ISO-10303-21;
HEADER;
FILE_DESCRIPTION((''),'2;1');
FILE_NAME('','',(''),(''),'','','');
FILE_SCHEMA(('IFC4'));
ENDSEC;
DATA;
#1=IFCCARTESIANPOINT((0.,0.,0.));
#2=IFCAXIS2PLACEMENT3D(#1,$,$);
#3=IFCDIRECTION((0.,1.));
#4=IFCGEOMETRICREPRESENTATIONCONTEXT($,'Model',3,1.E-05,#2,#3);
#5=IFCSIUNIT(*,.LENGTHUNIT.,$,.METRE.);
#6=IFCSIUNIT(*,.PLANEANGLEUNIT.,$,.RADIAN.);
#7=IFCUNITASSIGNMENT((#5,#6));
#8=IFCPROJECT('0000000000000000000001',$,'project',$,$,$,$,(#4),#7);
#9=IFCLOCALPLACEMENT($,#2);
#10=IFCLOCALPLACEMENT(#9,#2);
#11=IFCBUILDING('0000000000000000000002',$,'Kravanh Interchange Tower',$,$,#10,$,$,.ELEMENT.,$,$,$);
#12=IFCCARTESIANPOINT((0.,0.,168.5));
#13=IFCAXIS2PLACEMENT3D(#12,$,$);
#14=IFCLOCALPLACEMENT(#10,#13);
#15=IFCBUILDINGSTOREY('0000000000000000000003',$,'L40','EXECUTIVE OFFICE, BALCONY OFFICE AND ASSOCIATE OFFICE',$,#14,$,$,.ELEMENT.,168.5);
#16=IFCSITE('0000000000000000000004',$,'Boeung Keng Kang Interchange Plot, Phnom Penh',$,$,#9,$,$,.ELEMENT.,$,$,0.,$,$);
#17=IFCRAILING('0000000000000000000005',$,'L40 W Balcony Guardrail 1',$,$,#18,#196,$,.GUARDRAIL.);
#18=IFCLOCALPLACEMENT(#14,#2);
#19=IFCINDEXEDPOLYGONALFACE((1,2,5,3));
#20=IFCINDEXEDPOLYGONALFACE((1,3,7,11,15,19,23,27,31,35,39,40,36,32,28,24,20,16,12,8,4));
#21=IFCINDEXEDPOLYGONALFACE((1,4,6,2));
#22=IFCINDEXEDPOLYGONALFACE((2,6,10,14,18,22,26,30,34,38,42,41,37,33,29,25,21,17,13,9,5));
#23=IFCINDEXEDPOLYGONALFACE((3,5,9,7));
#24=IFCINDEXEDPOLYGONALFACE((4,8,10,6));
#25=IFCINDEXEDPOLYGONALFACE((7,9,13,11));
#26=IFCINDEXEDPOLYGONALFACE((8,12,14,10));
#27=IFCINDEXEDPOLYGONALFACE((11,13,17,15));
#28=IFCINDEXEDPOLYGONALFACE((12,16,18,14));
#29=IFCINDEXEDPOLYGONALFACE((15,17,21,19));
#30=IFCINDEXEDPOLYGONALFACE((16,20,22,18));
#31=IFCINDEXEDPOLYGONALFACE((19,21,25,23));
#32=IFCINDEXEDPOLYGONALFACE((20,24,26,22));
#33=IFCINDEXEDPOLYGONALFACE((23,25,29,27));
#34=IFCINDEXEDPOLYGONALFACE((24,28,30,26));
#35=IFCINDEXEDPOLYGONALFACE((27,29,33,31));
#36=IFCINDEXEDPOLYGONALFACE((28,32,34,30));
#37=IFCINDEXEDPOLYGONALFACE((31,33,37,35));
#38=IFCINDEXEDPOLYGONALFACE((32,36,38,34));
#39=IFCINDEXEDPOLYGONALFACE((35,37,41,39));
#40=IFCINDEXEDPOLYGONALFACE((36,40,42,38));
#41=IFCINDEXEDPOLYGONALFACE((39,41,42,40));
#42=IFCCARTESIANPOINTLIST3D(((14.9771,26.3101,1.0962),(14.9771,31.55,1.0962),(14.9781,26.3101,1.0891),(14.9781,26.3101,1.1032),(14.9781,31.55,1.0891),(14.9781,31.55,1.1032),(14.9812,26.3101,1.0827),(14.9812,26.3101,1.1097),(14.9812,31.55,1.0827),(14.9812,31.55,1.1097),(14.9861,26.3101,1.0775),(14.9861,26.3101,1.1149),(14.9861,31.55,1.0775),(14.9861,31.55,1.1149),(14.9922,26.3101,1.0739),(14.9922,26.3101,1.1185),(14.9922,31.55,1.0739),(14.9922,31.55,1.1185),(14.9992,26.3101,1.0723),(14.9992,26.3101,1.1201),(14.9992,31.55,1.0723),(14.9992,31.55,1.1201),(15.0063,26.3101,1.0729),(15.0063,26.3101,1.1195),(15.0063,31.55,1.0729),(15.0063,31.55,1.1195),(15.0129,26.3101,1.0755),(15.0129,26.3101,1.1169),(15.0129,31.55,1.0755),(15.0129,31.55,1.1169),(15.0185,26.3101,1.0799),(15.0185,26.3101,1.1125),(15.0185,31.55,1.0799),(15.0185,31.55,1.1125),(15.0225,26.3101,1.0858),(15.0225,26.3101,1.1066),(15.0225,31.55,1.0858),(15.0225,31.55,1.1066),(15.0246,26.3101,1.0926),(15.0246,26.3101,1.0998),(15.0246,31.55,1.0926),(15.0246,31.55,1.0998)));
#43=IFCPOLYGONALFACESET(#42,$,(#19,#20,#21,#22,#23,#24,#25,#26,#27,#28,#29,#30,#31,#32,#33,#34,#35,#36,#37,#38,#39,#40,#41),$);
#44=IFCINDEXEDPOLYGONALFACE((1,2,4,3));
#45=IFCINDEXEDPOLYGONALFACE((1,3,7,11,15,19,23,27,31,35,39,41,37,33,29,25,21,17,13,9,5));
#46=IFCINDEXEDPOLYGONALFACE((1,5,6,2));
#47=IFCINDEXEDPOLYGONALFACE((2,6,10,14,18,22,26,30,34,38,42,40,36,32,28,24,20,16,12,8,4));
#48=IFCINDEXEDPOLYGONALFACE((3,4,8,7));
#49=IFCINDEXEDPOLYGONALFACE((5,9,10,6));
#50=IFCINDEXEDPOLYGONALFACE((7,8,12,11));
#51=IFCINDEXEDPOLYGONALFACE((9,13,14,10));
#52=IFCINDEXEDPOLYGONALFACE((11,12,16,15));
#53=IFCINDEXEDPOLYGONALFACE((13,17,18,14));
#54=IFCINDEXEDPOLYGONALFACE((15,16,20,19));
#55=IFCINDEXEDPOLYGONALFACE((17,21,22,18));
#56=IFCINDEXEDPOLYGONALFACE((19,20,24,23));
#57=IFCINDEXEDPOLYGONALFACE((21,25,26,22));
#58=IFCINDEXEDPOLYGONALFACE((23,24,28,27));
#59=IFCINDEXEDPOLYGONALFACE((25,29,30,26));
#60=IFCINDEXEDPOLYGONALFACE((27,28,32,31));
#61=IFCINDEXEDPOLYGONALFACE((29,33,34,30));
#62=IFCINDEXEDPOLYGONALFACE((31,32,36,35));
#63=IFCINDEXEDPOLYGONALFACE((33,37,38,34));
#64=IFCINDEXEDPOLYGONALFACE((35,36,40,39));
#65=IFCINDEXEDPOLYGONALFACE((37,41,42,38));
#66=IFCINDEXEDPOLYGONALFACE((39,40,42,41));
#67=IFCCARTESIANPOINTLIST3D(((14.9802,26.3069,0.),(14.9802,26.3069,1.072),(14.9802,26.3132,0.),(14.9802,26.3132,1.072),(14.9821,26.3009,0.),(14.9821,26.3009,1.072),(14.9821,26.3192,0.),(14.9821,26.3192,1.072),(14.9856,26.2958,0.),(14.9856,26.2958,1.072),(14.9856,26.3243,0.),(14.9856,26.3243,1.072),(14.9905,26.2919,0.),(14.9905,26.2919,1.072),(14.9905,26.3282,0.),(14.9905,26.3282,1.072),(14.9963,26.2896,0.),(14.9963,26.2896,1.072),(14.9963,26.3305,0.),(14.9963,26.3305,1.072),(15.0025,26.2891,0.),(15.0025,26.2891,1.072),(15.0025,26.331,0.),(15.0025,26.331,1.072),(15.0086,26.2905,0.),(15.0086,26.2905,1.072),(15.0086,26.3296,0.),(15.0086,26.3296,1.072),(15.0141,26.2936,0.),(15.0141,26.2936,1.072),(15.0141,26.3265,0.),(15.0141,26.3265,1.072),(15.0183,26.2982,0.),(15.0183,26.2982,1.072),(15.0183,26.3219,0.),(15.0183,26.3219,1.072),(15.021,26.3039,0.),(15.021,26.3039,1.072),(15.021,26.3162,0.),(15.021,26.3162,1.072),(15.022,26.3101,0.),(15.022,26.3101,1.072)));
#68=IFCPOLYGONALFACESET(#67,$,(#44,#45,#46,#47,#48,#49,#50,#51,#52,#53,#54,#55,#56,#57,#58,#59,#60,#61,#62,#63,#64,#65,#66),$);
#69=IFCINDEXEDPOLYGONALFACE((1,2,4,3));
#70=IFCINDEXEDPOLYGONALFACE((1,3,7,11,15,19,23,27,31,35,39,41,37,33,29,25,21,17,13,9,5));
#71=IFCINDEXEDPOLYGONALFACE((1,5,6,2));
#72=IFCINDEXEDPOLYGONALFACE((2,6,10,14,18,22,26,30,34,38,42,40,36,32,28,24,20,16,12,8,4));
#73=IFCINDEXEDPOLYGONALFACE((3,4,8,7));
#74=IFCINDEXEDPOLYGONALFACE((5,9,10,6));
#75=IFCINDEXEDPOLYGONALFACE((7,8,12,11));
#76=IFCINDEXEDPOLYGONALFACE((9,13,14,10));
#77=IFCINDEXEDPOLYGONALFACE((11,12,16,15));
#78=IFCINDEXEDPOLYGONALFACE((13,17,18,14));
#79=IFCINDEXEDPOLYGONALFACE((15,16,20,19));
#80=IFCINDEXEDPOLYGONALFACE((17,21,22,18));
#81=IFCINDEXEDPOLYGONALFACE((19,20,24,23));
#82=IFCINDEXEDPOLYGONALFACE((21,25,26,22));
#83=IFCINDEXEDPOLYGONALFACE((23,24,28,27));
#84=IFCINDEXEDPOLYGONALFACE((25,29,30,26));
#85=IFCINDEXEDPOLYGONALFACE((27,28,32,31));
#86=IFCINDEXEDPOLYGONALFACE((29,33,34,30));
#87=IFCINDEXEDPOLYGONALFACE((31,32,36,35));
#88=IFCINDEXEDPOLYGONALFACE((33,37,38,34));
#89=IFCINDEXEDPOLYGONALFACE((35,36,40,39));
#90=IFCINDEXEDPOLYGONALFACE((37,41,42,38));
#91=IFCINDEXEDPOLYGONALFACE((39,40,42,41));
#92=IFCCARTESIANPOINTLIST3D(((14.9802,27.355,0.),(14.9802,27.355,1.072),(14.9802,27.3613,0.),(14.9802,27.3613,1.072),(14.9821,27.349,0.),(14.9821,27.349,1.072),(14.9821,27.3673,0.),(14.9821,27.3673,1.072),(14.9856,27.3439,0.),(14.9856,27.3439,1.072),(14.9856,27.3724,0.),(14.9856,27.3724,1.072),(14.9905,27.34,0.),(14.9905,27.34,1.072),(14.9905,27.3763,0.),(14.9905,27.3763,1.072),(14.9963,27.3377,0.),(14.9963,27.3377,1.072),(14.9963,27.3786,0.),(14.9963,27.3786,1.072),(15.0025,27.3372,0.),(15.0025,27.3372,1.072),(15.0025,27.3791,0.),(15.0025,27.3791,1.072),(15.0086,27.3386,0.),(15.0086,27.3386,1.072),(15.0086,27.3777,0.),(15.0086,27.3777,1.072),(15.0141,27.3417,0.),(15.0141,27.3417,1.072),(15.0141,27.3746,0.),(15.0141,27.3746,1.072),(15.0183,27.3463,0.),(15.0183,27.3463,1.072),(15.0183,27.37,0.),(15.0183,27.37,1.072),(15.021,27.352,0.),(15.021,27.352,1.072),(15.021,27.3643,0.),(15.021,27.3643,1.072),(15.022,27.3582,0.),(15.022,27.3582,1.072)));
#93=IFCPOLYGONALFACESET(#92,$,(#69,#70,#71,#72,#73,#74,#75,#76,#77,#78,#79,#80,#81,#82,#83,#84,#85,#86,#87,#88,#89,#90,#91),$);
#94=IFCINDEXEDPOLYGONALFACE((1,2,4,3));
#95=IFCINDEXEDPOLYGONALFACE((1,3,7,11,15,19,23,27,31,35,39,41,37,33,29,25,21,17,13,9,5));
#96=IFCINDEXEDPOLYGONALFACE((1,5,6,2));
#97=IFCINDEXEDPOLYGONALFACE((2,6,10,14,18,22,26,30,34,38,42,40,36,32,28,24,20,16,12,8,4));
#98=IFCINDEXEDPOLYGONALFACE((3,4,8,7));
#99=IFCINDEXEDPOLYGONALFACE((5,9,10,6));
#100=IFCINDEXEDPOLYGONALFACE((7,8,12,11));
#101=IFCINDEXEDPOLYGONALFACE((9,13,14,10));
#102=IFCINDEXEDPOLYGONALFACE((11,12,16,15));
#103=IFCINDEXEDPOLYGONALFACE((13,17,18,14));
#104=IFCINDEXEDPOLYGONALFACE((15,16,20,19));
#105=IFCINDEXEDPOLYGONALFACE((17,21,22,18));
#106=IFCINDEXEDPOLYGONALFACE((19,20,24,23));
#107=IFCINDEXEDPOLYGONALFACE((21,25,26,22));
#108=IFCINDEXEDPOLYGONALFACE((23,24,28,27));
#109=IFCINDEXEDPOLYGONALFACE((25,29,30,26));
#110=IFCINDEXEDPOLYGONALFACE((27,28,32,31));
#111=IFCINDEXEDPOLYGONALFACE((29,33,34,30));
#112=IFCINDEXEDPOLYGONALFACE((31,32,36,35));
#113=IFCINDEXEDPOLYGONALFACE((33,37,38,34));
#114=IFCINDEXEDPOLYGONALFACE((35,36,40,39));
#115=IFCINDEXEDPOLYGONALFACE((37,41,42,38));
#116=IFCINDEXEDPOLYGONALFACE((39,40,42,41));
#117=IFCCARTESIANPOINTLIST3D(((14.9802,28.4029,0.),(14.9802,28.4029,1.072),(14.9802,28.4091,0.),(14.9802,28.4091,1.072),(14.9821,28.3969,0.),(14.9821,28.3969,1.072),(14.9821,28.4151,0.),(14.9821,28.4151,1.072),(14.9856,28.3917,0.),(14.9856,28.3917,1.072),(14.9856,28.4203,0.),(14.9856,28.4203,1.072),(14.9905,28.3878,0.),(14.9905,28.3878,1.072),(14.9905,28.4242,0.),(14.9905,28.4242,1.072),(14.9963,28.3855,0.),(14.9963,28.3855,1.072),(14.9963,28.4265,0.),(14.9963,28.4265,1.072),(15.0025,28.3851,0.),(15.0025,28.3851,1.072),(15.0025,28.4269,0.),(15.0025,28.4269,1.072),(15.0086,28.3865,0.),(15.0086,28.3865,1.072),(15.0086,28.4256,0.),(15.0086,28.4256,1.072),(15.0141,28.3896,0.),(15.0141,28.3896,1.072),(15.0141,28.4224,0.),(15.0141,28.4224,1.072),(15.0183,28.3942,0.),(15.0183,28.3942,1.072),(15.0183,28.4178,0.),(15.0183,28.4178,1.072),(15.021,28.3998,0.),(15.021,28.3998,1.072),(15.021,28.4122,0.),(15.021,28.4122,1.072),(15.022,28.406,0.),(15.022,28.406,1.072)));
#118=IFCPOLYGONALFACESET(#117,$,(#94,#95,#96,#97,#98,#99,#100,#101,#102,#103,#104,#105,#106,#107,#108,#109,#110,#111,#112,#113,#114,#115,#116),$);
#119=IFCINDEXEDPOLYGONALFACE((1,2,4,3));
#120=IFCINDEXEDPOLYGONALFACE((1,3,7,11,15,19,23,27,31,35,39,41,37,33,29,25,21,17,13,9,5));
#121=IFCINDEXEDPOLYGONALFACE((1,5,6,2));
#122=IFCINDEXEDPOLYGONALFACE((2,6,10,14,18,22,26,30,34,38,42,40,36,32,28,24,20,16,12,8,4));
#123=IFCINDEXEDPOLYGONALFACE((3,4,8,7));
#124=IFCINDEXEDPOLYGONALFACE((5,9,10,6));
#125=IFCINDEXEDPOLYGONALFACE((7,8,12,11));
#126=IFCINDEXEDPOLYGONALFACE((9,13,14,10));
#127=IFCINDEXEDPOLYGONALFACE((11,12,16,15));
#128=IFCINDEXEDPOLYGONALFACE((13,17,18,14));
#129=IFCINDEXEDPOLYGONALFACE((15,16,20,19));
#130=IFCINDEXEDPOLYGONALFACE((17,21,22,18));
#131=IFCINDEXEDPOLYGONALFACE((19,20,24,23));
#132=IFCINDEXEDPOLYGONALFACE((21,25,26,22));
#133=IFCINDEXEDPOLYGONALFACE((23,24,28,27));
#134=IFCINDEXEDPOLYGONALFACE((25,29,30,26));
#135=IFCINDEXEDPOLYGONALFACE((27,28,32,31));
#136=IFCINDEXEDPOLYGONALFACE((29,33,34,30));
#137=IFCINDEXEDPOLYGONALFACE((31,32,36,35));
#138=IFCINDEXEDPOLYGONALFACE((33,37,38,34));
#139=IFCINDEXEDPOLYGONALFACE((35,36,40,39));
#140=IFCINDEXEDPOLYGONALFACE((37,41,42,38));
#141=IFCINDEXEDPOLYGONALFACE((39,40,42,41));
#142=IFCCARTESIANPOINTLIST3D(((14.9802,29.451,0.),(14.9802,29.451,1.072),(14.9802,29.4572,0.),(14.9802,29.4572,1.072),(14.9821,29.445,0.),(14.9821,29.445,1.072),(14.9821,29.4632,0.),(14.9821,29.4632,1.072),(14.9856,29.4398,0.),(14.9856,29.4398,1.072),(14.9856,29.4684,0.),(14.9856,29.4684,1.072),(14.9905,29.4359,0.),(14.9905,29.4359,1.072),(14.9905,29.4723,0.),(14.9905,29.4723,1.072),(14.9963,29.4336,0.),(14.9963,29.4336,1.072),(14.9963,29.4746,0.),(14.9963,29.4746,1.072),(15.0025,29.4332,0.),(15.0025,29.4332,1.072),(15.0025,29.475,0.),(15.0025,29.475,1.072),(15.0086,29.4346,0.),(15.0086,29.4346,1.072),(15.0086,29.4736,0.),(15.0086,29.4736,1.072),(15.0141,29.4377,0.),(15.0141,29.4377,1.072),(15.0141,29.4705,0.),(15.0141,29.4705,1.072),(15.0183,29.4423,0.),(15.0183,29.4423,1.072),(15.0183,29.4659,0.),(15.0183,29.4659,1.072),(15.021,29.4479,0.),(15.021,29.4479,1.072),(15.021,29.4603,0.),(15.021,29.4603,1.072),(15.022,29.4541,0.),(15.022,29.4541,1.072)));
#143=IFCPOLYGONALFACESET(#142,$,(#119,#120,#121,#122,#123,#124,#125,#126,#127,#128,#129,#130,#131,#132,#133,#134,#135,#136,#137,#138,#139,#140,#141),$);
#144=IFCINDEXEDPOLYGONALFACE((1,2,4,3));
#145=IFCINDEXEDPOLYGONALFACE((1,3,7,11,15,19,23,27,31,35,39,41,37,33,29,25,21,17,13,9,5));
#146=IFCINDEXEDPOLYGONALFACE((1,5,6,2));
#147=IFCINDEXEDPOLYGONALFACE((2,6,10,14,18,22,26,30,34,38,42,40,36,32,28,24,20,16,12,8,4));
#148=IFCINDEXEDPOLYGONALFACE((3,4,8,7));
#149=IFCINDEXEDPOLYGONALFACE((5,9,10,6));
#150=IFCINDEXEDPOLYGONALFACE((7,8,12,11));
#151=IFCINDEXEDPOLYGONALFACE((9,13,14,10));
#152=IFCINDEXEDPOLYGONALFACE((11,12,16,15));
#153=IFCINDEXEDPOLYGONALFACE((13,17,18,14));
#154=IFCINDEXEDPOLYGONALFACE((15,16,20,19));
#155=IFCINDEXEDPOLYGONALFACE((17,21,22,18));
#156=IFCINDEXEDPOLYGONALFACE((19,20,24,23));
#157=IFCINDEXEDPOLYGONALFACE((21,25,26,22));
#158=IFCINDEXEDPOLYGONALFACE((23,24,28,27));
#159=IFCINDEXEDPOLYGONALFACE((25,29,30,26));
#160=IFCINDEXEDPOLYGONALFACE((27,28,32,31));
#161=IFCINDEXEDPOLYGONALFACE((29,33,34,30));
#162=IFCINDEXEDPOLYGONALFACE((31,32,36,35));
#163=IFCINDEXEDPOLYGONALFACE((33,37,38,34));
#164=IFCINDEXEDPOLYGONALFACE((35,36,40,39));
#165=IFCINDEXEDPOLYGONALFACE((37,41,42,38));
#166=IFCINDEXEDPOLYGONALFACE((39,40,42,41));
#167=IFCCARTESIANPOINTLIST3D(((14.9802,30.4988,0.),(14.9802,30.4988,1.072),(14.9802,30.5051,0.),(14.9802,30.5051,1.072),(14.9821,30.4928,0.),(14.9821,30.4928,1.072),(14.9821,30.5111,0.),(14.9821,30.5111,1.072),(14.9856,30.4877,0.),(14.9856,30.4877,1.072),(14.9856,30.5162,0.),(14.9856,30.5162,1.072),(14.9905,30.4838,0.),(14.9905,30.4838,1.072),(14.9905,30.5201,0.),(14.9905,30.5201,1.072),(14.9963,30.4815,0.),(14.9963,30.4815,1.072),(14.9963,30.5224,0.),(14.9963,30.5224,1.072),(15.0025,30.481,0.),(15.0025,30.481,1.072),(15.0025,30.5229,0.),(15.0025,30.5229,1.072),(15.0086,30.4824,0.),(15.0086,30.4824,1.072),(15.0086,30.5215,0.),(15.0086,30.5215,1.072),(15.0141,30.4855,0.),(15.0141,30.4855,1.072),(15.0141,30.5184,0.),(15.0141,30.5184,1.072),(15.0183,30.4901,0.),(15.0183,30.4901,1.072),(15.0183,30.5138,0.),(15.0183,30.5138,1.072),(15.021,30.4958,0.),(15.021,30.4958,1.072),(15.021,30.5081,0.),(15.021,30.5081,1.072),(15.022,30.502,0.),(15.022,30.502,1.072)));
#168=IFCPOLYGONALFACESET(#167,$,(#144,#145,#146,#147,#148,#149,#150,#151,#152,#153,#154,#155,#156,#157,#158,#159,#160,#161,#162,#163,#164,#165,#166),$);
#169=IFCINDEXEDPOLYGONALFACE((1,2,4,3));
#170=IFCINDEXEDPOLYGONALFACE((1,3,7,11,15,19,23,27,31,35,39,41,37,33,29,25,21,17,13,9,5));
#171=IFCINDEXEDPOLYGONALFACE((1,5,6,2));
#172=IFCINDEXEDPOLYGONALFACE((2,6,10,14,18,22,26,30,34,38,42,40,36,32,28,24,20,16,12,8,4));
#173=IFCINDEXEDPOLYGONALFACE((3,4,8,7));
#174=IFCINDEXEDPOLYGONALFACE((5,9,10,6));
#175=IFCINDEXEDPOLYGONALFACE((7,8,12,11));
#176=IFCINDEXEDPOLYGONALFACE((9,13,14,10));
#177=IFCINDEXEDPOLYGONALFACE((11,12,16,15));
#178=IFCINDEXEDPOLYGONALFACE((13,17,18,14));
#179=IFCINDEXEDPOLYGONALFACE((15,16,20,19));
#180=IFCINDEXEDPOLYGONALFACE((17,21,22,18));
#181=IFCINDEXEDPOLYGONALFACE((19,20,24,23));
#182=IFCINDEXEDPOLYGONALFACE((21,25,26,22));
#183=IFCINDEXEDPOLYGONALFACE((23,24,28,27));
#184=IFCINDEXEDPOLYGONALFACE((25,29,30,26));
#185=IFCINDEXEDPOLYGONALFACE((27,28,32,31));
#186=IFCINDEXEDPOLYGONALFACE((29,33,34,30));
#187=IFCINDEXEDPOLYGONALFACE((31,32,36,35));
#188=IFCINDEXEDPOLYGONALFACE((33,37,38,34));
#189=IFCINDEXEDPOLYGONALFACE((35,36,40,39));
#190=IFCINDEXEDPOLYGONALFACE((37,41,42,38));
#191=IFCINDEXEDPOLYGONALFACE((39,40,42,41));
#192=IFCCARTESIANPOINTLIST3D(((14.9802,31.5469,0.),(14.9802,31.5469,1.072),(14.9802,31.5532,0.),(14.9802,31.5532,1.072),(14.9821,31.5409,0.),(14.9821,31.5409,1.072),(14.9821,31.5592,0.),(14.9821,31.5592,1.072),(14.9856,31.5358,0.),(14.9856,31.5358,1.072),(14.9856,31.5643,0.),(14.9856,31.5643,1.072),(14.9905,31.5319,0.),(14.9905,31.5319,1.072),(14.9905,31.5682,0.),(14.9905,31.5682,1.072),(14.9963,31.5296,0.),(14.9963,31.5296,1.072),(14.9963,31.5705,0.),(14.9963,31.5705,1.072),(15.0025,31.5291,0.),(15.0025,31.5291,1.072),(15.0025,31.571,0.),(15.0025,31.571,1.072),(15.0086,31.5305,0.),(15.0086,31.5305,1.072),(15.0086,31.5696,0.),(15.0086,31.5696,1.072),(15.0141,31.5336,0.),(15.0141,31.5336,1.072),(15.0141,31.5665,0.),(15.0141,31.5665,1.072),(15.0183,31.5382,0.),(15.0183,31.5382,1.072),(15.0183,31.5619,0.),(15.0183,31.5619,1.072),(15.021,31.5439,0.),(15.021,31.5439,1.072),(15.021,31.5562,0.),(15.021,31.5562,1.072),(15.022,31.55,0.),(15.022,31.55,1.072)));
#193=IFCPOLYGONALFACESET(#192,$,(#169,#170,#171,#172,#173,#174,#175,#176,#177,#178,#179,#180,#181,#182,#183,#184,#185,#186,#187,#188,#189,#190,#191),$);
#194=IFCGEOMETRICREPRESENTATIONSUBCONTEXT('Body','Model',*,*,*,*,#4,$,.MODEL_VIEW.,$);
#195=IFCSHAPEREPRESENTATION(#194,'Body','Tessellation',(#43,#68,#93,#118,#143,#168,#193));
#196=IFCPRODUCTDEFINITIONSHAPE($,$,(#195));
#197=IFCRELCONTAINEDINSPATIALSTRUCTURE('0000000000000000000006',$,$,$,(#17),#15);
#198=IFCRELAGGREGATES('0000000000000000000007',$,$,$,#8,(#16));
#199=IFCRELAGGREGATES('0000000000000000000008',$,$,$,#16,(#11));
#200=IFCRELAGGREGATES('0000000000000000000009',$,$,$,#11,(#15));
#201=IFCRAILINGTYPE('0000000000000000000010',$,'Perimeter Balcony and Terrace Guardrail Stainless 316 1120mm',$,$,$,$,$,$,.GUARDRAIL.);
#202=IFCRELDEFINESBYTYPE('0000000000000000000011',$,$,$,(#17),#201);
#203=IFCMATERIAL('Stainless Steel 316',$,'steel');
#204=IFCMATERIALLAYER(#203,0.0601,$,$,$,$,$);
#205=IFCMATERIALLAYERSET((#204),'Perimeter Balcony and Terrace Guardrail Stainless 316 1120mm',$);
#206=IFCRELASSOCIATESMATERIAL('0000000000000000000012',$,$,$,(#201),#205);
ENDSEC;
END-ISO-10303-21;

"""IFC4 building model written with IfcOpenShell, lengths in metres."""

from ifc_helpers import new_model, si_unit, direction, frame, origin, origin_2d, place, context, subcontext, project, spatial, circle, extrude, material, layer, layer_set, type_object, element, save


model = new_model("IFC4")

# Units and contexts
model_context = context("Model", 3, precision=1e-05, world=origin(), true_north=direction((0.0, 1.0)))
body_context = subcontext(model_context, "Body", "Model", "MODEL_VIEW")
ifc_project = project(units=[si_unit("LENGTHUNIT", "METRE"), si_unit("PLANEANGLEUNIT", "RADIAN")], contexts=[model_context])

# Site, building, storey
site_placement = place(None, origin())
site = spatial("IfcSite", under=ifc_project, at=site_placement, Name="Boeung Keng Kang Interchange Plot, Phnom Penh", CompositionType="ELEMENT", RefElevation=0.0)
building_placement = place(site_placement, origin())
building = spatial("IfcBuilding", under=site, at=building_placement, Name="Kravanh Interchange Tower", CompositionType="ELEMENT")
storey_placement = place(building_placement, frame((0.0, 0.0, 168.5)))
storey = spatial("IfcBuildingStorey", under=building, at=storey_placement, Name="L40", Description="EXECUTIVE OFFICE, BALCONY OFFICE AND ASSOCIATE OFFICE", CompositionType="ELEMENT", Elevation=168.5)

# Railing
ifc_material_1 = material(Name="Stainless Steel 316", Category="steel")
ifc_layer_1 = layer(ifc_material_1, 0.0601)
ifc_layer_set_1 = layer_set([ifc_layer_1], Name="Perimeter Balcony and Terrace Guardrail Stainless 316 1120mm")
railing_type = type_object("IfcRailingType", Name="Perimeter Balcony and Terrace Guardrail Stainless 316 1120mm", PredefinedType="GUARDRAIL", material=ifc_layer_set_1)
railing_1_placement = place(storey_placement, frame((15.001, 26.3101, 0.0)))
element("IfcRailing", 1, at=railing_1_placement, inside=storey, type_object=railing_type, Name="L40 W Balcony Guardrail 1", PredefinedType="GUARDRAIL", context=body_context, shape_type="SweptSolid", body=[
    extrude(circle(Radius=0.0239, at=origin_2d()), frame((0.0, 0.0, 1.0962), z_axis=(0.0, 1.0, 0.0), x_axis=(-1.0, 0.0, 0.0)), (0.0, 0.0, 1.0), 5.24),
    extrude(circle(Radius=0.021, at=origin_2d()), origin(), (0.0, 0.0, 1.0), 1.072),
    extrude(circle(Radius=0.021, at=origin_2d()), frame((0.0, 1.0481, 0.0)), (0.0, 0.0, 1.0), 1.072),
    extrude(circle(Radius=0.021, at=origin_2d()), frame((0.0, 2.0959, 0.0)), (0.0, 0.0, 1.0), 1.072),
    extrude(circle(Radius=0.021, at=origin_2d()), frame((0.0, 3.144, 0.0)), (0.0, 0.0, 1.0), 1.072),
    extrude(circle(Radius=0.021, at=origin_2d()), frame((0.0, 4.1919, 0.0)), (0.0, 0.0, 1.0), 1.072),
    extrude(circle(Radius=0.021, at=origin_2d()), frame((0.0, 5.24, 0.0)), (0.0, 0.0, 1.0), 1.072),
])

save(model, "model.ifc")
